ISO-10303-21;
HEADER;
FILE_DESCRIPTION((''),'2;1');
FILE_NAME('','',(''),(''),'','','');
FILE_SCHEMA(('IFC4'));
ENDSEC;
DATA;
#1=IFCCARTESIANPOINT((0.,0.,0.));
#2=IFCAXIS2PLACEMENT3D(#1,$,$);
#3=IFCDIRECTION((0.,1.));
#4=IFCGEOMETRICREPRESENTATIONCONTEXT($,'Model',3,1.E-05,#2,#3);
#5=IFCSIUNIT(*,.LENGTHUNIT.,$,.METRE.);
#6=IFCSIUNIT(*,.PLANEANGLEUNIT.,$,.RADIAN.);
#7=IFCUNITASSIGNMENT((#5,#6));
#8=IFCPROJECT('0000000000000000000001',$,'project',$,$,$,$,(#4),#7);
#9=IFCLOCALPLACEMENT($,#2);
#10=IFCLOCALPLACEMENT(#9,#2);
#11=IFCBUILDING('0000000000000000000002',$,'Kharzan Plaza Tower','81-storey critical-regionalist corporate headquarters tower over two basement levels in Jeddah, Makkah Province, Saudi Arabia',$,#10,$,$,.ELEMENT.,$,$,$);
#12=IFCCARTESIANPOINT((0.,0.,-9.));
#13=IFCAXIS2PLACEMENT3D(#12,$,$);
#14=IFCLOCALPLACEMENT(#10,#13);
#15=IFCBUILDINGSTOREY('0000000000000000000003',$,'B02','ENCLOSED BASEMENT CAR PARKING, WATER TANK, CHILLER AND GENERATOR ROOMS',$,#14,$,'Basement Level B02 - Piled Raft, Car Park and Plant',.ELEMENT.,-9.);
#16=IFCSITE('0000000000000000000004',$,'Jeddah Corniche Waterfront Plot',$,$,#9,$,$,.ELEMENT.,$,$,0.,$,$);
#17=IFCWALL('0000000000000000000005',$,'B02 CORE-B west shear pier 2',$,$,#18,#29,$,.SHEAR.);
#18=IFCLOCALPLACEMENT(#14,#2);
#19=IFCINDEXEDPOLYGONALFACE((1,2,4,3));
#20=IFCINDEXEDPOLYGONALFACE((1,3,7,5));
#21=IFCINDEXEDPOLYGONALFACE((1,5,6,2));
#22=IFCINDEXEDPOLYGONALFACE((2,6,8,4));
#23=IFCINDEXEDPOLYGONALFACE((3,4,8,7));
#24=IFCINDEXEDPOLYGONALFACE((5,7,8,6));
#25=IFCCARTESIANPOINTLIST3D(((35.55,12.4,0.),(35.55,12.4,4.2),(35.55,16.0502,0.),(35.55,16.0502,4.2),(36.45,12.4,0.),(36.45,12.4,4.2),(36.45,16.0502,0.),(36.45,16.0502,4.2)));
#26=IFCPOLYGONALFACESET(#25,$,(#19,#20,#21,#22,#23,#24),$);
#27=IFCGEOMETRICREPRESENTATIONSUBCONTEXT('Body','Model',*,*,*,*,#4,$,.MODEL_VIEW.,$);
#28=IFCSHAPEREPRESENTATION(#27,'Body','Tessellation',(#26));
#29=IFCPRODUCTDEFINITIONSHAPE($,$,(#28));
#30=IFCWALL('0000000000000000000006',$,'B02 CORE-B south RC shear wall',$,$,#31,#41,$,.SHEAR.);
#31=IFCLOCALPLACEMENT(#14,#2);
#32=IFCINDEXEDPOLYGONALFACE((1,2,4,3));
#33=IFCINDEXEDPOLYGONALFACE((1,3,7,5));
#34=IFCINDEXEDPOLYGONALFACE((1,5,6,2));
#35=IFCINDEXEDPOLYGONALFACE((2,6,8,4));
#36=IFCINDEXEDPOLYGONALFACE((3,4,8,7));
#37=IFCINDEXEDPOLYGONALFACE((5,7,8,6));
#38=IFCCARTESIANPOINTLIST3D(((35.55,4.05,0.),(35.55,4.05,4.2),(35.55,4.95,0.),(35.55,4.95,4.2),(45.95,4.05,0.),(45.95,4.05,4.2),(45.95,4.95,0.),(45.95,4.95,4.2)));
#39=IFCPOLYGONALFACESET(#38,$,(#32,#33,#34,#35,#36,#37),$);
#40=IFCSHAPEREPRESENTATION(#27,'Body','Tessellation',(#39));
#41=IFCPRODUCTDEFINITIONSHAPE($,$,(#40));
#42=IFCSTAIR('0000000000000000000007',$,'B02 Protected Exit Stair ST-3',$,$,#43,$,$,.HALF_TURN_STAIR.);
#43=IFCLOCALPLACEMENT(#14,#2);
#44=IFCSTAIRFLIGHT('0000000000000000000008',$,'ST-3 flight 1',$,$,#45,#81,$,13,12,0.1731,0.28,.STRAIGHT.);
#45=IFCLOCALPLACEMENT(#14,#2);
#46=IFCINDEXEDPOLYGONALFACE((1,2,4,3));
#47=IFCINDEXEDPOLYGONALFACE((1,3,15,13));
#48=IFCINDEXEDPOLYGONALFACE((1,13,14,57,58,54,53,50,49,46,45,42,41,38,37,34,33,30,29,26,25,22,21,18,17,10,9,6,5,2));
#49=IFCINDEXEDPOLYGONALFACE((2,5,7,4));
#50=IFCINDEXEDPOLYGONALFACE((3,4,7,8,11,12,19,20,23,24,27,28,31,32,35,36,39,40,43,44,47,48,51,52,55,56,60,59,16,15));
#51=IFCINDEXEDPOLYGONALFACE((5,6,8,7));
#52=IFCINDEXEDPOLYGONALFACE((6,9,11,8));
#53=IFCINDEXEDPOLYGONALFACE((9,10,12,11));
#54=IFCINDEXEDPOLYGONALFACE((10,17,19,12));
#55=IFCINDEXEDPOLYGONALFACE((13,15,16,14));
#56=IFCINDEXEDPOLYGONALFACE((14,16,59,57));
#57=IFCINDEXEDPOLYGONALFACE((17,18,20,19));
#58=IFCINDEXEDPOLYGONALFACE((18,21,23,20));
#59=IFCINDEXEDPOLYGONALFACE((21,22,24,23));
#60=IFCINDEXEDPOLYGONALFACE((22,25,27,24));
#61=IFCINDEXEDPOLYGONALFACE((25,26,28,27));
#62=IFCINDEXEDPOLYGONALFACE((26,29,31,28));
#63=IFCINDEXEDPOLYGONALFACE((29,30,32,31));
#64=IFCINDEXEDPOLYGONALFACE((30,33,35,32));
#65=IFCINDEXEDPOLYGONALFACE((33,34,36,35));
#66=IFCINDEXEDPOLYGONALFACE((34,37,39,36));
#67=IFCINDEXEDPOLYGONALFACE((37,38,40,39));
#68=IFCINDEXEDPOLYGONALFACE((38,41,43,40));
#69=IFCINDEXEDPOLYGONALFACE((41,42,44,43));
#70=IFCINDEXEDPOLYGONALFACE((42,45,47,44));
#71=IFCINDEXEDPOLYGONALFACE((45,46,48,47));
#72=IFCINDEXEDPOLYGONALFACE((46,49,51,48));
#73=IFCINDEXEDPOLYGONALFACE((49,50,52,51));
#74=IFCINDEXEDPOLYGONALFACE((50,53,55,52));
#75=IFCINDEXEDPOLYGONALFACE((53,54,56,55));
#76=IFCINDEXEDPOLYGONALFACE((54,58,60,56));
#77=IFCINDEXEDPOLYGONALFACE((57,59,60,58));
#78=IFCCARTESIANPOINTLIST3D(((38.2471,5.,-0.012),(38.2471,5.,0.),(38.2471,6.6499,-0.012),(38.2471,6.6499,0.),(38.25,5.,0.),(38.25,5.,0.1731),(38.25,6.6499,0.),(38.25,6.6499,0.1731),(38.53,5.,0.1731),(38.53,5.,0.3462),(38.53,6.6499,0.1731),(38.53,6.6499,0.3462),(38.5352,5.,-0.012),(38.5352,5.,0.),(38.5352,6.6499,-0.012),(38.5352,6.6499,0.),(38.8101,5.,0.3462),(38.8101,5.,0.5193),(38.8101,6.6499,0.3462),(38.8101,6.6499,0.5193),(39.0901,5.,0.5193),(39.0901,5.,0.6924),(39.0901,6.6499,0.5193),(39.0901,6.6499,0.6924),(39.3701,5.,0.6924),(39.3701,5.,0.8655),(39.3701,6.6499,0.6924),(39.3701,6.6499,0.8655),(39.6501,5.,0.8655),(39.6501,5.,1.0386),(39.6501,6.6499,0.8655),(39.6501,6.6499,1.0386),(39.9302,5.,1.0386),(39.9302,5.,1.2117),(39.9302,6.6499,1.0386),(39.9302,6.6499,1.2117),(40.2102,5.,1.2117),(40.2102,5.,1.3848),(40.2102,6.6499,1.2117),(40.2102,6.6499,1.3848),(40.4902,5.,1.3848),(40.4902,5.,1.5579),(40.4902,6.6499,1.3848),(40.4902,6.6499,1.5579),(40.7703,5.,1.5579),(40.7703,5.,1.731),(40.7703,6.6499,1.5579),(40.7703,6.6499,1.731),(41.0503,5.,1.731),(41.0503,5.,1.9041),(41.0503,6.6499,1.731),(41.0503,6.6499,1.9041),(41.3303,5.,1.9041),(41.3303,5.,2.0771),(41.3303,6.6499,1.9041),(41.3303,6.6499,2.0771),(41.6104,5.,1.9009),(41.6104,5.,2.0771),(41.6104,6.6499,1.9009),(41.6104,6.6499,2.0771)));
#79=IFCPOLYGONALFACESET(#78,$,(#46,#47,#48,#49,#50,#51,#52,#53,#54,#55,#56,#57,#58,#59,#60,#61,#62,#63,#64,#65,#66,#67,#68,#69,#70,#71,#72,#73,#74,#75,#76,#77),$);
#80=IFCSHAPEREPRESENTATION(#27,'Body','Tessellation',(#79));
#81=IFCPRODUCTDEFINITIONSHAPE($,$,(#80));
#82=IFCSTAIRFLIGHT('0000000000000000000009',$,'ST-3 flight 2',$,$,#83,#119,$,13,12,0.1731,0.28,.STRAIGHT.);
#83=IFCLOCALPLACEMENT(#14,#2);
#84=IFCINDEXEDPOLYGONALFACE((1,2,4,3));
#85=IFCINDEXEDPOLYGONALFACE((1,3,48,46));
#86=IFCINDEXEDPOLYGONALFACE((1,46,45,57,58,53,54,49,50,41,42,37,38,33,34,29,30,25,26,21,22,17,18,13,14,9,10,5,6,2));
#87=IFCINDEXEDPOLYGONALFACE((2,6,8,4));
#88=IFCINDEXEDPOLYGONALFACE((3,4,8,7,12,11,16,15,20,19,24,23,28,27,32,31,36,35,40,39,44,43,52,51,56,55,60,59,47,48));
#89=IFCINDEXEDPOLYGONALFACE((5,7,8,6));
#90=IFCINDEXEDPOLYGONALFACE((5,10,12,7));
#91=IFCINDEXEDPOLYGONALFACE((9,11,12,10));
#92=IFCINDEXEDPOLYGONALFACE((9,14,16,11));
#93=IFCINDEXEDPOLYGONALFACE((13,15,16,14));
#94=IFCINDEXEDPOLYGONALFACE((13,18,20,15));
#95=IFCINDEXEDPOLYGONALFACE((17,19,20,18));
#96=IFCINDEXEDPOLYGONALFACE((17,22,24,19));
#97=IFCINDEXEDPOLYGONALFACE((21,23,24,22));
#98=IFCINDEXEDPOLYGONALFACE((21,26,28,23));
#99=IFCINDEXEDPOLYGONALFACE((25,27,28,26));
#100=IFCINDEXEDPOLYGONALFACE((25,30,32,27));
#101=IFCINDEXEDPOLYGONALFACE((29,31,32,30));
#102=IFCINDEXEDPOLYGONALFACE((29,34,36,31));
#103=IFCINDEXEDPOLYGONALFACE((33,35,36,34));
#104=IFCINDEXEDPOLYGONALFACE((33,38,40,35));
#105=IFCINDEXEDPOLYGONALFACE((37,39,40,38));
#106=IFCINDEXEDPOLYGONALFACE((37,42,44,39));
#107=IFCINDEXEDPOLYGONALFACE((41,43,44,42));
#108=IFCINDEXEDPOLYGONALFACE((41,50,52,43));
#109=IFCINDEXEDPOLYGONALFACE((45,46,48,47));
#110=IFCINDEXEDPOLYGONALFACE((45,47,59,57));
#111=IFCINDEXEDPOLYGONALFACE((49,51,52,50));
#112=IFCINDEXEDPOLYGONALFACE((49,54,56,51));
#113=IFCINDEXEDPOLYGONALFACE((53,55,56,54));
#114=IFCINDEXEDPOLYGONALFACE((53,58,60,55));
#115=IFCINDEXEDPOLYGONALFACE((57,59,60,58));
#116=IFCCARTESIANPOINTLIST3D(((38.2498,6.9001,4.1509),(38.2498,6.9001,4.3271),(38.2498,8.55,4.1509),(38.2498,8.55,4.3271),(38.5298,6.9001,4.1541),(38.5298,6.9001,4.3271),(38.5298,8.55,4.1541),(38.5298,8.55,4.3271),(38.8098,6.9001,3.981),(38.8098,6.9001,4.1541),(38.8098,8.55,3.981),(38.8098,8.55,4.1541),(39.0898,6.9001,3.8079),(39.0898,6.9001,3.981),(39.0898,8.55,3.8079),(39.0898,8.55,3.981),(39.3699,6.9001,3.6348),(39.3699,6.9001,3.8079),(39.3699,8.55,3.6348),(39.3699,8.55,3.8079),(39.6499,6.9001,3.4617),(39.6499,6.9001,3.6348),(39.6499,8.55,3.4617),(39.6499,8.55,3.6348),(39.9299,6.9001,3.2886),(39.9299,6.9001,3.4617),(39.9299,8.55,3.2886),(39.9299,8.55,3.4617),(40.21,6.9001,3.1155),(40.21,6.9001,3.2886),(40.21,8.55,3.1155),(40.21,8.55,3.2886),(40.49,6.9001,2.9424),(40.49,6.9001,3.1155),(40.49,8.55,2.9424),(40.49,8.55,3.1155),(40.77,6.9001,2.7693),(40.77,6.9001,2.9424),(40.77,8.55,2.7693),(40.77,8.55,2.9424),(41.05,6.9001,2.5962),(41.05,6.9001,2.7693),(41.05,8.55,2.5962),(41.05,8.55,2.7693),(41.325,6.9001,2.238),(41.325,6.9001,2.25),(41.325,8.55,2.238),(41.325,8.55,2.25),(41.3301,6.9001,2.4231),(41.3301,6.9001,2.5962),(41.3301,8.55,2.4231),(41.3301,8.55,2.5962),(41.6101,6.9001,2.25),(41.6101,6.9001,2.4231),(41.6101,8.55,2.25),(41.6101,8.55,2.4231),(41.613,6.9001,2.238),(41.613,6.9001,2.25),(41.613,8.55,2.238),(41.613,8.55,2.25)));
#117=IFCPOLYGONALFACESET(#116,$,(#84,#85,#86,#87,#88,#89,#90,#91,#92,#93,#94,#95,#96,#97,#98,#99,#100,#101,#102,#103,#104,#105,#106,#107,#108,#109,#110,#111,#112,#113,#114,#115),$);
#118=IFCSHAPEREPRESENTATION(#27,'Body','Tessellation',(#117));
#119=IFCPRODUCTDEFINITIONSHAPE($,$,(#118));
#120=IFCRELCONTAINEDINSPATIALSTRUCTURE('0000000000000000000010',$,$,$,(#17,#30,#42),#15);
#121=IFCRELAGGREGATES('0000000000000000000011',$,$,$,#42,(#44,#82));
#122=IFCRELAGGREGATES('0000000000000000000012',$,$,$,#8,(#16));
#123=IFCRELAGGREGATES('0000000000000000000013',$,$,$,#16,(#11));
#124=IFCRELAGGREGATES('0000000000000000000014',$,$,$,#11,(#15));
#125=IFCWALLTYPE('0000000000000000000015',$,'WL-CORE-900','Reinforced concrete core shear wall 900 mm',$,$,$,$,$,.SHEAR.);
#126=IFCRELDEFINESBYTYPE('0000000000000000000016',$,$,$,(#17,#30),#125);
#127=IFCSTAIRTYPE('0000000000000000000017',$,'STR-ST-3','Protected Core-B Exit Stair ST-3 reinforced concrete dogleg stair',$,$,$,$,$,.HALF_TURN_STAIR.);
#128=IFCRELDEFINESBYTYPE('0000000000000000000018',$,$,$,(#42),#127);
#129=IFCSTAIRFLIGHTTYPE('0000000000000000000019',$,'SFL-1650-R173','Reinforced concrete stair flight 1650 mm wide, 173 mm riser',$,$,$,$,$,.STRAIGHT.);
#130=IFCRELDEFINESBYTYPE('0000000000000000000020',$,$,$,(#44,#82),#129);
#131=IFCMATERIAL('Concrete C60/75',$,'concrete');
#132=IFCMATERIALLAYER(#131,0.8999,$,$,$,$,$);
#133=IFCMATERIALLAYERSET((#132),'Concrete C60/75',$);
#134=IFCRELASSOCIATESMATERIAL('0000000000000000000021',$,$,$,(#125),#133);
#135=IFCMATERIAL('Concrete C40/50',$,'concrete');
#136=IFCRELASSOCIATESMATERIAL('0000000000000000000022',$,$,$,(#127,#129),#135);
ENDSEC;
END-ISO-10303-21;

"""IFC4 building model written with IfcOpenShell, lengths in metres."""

from ifc_helpers import new_model, si_unit, direction, frame, frame_2d, origin, place, context, subcontext, project, spatial, polyline, rectangle, outline, extrude, source, transform, mapped, material, layer, layer_set, type_object, element, aggregate, save


model = new_model("IFC4")

# Units and contexts
model_context = context("Model", 3, precision=1e-05, world=origin(), true_north=direction((0.0, 1.0)))
body_context = subcontext(model_context, "Body", "Model", "MODEL_VIEW")
ifc_project = project(units=[si_unit("LENGTHUNIT", "METRE"), si_unit("PLANEANGLEUNIT", "RADIAN")], contexts=[model_context])

# Site, building, storey
site_placement = place(None, origin())
site = spatial("IfcSite", under=ifc_project, at=site_placement, Name="Jeddah Corniche Waterfront Plot", CompositionType="ELEMENT", RefElevation=0.0)
building_placement = place(site_placement, origin())
building = spatial("IfcBuilding", under=site, at=building_placement, Name="Kharzan Plaza Tower", Description="81-storey critical-regionalist corporate headquarters tower over two basement levels in Jeddah, Makkah Province, Saudi Arabia", CompositionType="ELEMENT")
storey_placement = place(building_placement, frame((0.0, 0.0, -9.0)))
storey = spatial("IfcBuildingStorey", under=building, at=storey_placement, Name="B02", Description="ENCLOSED BASEMENT CAR PARKING, WATER TANK, CHILLER AND GENERATOR ROOMS", LongName="Basement Level B02 - Piled Raft, Car Park and Plant", CompositionType="ELEMENT", Elevation=-9.0)

# Shared definitions
ifc_material_1 = material(Name="Concrete C60/75", Category="concrete")

# Walls
ifc_layer_1 = layer(ifc_material_1, 0.8999)
ifc_layer_set_1 = layer_set([ifc_layer_1], Name="Concrete C60/75")
wall_type_1 = type_object("IfcWallType", Name="WL-CORE-900", Description="Reinforced concrete core shear wall 900 mm", PredefinedType="SHEAR", material=ifc_layer_set_1)
shared_shape_1 = source(origin(), body_context, "Body", "SweptSolid", [
    extrude(rectangle(XDim=3.6501, YDim=0.8999, at=frame_2d((1.8252, 0.0))), origin(), (0.0, 0.0, 1.0), 4.2),
])
wall_1_placement = place(storey_placement, frame((36.0, 12.3999, 0.0), z_axis=(0.0, 0.0, 1.0), x_axis=(0.0, 1.0, 0.0)))
element("IfcWall", 1, at=wall_1_placement, inside=storey, type_object=wall_type_1, Name="B02 CORE-B west shear pier 2", PredefinedType="SHEAR", context=body_context, shape_type="MappedRepresentation", body=[
    mapped(shared_shape_1, transform((0.0, 0.0, 0.0), x_axis=(1.0, 0.0, 0.0), y_axis=(0.0, 1.0, 0.0), z_axis=(0.0, 0.0, 1.0))),
])
shared_shape_2 = source(origin(), body_context, "Body", "SweptSolid", [
    extrude(rectangle(XDim=10.3999, YDim=0.8999, at=frame_2d((5.2, 0.0))), origin(), (0.0, 0.0, 1.0), 4.2),
])
wall_2_placement = place(storey_placement, frame((35.55, 4.5, 0.0), z_axis=(0.0, 0.0, 1.0), x_axis=(1.0, 0.0, 0.0)))
element("IfcWall", 2, at=wall_2_placement, inside=storey, type_object=wall_type_1, Name="B02 CORE-B south RC shear wall", PredefinedType="SHEAR", context=body_context, shape_type="MappedRepresentation", body=[
    mapped(shared_shape_2, transform((0.0, 0.0, 0.0), x_axis=(1.0, 0.0, 0.0), y_axis=(0.0, 1.0, 0.0), z_axis=(0.0, 0.0, 1.0))),
])

# Stair, stair flights
ifc_material_2 = material(Name="Concrete C40/50", Category="concrete")
stair_type = type_object("IfcStairType", Name="STR-ST-3", Description="Protected Core-B Exit Stair ST-3 reinforced concrete dogleg stair", PredefinedType="HALF_TURN_STAIR", material=ifc_material_2)
stair_placement = place(storey_placement, origin())
stair = element("IfcStair", 3, at=stair_placement, inside=storey, type_object=stair_type, Name="B02 Protected Exit Stair ST-3", PredefinedType="HALF_TURN_STAIR")
stair_flight_type = type_object("IfcStairFlightType", Name="SFL-1650-R173", Description="Reinforced concrete stair flight 1650 mm wide, 173 mm riser", PredefinedType="STRAIGHT", material=ifc_material_2)
shared_shape_3 = source(origin(), body_context, "Body", "SweptSolid", [
    extrude(outline(polyline([(-0.0029, -0.012), (-0.0029, 0.0), (0.0, 0.0), (0.0, 0.1731), (0.28, 0.1731), (0.28, 0.3462), (0.5601, 0.3462), (0.5601, 0.5193), (0.8401, 0.5193), (0.8401, 0.6924), (1.1201, 0.6924), (1.1201, 0.8655), (1.4001, 0.8655), (1.4001, 1.0386), (1.6802, 1.0386), (1.6802, 1.2117), (1.9602, 1.2117), (1.9602, 1.3848), (2.2402, 1.3848), (2.2402, 1.5579), (2.5203, 1.5579), (2.5203, 1.731), (2.8003, 1.731), (2.8003, 1.9041), (3.0803, 1.9041), (3.0803, 2.0771), (3.3604, 2.0771), (3.3604, 2.2502), (3.3604, 1.9009), (0.2852, 0.0), (0.2852, -0.012), (-0.0029, -0.012)])), frame((0.0, 0.825, 0.0), z_axis=(0.0, -1.0, 0.0), x_axis=(1.0, 0.0, 0.0)), (0.0, 0.0, 1.0), 1.6499),
])
stair_flight_1_placement = place(storey_placement, frame((38.25, 5.825, 0.0), z_axis=(0.0, 0.0, 1.0), x_axis=(1.0, 0.0, 0.0)))
stair_flight_1 = element("IfcStairFlight", 4, at=stair_flight_1_placement, type_object=stair_flight_type, Name="ST-3 flight 1", NumberOfRisers=13, NumberOfTreads=12, PredefinedType="STRAIGHT", RiserHeight=0.1731, TreadLength=0.28, context=body_context, shape_type="MappedRepresentation", body=[
    mapped(shared_shape_3, transform((0.0, 0.0, 0.0), x_axis=(1.0, 0.0, 0.0), y_axis=(0.0, 1.0, 0.0), z_axis=(0.0, 0.0, 1.0))),
])
stair_flight_2_placement = place(storey_placement, frame((41.6101, 7.7251, 2.25), z_axis=(0.0, 0.0, 1.0), x_axis=(-1.0, 0.0, 0.0)))
stair_flight_2 = element("IfcStairFlight", 5, at=stair_flight_2_placement, type_object=stair_flight_type, Name="ST-3 flight 2", NumberOfRisers=13, NumberOfTreads=12, PredefinedType="STRAIGHT", RiserHeight=0.1731, TreadLength=0.28, context=body_context, shape_type="MappedRepresentation", body=[
    mapped(shared_shape_3, transform((0.0, 0.0, 0.0), x_axis=(1.0, 0.0, 0.0), y_axis=(0.0, 1.0, 0.0), z_axis=(0.0, 0.0, 1.0))),
])
aggregate(stair, [stair_flight_1, stair_flight_2])

save(model, "model.ifc")
